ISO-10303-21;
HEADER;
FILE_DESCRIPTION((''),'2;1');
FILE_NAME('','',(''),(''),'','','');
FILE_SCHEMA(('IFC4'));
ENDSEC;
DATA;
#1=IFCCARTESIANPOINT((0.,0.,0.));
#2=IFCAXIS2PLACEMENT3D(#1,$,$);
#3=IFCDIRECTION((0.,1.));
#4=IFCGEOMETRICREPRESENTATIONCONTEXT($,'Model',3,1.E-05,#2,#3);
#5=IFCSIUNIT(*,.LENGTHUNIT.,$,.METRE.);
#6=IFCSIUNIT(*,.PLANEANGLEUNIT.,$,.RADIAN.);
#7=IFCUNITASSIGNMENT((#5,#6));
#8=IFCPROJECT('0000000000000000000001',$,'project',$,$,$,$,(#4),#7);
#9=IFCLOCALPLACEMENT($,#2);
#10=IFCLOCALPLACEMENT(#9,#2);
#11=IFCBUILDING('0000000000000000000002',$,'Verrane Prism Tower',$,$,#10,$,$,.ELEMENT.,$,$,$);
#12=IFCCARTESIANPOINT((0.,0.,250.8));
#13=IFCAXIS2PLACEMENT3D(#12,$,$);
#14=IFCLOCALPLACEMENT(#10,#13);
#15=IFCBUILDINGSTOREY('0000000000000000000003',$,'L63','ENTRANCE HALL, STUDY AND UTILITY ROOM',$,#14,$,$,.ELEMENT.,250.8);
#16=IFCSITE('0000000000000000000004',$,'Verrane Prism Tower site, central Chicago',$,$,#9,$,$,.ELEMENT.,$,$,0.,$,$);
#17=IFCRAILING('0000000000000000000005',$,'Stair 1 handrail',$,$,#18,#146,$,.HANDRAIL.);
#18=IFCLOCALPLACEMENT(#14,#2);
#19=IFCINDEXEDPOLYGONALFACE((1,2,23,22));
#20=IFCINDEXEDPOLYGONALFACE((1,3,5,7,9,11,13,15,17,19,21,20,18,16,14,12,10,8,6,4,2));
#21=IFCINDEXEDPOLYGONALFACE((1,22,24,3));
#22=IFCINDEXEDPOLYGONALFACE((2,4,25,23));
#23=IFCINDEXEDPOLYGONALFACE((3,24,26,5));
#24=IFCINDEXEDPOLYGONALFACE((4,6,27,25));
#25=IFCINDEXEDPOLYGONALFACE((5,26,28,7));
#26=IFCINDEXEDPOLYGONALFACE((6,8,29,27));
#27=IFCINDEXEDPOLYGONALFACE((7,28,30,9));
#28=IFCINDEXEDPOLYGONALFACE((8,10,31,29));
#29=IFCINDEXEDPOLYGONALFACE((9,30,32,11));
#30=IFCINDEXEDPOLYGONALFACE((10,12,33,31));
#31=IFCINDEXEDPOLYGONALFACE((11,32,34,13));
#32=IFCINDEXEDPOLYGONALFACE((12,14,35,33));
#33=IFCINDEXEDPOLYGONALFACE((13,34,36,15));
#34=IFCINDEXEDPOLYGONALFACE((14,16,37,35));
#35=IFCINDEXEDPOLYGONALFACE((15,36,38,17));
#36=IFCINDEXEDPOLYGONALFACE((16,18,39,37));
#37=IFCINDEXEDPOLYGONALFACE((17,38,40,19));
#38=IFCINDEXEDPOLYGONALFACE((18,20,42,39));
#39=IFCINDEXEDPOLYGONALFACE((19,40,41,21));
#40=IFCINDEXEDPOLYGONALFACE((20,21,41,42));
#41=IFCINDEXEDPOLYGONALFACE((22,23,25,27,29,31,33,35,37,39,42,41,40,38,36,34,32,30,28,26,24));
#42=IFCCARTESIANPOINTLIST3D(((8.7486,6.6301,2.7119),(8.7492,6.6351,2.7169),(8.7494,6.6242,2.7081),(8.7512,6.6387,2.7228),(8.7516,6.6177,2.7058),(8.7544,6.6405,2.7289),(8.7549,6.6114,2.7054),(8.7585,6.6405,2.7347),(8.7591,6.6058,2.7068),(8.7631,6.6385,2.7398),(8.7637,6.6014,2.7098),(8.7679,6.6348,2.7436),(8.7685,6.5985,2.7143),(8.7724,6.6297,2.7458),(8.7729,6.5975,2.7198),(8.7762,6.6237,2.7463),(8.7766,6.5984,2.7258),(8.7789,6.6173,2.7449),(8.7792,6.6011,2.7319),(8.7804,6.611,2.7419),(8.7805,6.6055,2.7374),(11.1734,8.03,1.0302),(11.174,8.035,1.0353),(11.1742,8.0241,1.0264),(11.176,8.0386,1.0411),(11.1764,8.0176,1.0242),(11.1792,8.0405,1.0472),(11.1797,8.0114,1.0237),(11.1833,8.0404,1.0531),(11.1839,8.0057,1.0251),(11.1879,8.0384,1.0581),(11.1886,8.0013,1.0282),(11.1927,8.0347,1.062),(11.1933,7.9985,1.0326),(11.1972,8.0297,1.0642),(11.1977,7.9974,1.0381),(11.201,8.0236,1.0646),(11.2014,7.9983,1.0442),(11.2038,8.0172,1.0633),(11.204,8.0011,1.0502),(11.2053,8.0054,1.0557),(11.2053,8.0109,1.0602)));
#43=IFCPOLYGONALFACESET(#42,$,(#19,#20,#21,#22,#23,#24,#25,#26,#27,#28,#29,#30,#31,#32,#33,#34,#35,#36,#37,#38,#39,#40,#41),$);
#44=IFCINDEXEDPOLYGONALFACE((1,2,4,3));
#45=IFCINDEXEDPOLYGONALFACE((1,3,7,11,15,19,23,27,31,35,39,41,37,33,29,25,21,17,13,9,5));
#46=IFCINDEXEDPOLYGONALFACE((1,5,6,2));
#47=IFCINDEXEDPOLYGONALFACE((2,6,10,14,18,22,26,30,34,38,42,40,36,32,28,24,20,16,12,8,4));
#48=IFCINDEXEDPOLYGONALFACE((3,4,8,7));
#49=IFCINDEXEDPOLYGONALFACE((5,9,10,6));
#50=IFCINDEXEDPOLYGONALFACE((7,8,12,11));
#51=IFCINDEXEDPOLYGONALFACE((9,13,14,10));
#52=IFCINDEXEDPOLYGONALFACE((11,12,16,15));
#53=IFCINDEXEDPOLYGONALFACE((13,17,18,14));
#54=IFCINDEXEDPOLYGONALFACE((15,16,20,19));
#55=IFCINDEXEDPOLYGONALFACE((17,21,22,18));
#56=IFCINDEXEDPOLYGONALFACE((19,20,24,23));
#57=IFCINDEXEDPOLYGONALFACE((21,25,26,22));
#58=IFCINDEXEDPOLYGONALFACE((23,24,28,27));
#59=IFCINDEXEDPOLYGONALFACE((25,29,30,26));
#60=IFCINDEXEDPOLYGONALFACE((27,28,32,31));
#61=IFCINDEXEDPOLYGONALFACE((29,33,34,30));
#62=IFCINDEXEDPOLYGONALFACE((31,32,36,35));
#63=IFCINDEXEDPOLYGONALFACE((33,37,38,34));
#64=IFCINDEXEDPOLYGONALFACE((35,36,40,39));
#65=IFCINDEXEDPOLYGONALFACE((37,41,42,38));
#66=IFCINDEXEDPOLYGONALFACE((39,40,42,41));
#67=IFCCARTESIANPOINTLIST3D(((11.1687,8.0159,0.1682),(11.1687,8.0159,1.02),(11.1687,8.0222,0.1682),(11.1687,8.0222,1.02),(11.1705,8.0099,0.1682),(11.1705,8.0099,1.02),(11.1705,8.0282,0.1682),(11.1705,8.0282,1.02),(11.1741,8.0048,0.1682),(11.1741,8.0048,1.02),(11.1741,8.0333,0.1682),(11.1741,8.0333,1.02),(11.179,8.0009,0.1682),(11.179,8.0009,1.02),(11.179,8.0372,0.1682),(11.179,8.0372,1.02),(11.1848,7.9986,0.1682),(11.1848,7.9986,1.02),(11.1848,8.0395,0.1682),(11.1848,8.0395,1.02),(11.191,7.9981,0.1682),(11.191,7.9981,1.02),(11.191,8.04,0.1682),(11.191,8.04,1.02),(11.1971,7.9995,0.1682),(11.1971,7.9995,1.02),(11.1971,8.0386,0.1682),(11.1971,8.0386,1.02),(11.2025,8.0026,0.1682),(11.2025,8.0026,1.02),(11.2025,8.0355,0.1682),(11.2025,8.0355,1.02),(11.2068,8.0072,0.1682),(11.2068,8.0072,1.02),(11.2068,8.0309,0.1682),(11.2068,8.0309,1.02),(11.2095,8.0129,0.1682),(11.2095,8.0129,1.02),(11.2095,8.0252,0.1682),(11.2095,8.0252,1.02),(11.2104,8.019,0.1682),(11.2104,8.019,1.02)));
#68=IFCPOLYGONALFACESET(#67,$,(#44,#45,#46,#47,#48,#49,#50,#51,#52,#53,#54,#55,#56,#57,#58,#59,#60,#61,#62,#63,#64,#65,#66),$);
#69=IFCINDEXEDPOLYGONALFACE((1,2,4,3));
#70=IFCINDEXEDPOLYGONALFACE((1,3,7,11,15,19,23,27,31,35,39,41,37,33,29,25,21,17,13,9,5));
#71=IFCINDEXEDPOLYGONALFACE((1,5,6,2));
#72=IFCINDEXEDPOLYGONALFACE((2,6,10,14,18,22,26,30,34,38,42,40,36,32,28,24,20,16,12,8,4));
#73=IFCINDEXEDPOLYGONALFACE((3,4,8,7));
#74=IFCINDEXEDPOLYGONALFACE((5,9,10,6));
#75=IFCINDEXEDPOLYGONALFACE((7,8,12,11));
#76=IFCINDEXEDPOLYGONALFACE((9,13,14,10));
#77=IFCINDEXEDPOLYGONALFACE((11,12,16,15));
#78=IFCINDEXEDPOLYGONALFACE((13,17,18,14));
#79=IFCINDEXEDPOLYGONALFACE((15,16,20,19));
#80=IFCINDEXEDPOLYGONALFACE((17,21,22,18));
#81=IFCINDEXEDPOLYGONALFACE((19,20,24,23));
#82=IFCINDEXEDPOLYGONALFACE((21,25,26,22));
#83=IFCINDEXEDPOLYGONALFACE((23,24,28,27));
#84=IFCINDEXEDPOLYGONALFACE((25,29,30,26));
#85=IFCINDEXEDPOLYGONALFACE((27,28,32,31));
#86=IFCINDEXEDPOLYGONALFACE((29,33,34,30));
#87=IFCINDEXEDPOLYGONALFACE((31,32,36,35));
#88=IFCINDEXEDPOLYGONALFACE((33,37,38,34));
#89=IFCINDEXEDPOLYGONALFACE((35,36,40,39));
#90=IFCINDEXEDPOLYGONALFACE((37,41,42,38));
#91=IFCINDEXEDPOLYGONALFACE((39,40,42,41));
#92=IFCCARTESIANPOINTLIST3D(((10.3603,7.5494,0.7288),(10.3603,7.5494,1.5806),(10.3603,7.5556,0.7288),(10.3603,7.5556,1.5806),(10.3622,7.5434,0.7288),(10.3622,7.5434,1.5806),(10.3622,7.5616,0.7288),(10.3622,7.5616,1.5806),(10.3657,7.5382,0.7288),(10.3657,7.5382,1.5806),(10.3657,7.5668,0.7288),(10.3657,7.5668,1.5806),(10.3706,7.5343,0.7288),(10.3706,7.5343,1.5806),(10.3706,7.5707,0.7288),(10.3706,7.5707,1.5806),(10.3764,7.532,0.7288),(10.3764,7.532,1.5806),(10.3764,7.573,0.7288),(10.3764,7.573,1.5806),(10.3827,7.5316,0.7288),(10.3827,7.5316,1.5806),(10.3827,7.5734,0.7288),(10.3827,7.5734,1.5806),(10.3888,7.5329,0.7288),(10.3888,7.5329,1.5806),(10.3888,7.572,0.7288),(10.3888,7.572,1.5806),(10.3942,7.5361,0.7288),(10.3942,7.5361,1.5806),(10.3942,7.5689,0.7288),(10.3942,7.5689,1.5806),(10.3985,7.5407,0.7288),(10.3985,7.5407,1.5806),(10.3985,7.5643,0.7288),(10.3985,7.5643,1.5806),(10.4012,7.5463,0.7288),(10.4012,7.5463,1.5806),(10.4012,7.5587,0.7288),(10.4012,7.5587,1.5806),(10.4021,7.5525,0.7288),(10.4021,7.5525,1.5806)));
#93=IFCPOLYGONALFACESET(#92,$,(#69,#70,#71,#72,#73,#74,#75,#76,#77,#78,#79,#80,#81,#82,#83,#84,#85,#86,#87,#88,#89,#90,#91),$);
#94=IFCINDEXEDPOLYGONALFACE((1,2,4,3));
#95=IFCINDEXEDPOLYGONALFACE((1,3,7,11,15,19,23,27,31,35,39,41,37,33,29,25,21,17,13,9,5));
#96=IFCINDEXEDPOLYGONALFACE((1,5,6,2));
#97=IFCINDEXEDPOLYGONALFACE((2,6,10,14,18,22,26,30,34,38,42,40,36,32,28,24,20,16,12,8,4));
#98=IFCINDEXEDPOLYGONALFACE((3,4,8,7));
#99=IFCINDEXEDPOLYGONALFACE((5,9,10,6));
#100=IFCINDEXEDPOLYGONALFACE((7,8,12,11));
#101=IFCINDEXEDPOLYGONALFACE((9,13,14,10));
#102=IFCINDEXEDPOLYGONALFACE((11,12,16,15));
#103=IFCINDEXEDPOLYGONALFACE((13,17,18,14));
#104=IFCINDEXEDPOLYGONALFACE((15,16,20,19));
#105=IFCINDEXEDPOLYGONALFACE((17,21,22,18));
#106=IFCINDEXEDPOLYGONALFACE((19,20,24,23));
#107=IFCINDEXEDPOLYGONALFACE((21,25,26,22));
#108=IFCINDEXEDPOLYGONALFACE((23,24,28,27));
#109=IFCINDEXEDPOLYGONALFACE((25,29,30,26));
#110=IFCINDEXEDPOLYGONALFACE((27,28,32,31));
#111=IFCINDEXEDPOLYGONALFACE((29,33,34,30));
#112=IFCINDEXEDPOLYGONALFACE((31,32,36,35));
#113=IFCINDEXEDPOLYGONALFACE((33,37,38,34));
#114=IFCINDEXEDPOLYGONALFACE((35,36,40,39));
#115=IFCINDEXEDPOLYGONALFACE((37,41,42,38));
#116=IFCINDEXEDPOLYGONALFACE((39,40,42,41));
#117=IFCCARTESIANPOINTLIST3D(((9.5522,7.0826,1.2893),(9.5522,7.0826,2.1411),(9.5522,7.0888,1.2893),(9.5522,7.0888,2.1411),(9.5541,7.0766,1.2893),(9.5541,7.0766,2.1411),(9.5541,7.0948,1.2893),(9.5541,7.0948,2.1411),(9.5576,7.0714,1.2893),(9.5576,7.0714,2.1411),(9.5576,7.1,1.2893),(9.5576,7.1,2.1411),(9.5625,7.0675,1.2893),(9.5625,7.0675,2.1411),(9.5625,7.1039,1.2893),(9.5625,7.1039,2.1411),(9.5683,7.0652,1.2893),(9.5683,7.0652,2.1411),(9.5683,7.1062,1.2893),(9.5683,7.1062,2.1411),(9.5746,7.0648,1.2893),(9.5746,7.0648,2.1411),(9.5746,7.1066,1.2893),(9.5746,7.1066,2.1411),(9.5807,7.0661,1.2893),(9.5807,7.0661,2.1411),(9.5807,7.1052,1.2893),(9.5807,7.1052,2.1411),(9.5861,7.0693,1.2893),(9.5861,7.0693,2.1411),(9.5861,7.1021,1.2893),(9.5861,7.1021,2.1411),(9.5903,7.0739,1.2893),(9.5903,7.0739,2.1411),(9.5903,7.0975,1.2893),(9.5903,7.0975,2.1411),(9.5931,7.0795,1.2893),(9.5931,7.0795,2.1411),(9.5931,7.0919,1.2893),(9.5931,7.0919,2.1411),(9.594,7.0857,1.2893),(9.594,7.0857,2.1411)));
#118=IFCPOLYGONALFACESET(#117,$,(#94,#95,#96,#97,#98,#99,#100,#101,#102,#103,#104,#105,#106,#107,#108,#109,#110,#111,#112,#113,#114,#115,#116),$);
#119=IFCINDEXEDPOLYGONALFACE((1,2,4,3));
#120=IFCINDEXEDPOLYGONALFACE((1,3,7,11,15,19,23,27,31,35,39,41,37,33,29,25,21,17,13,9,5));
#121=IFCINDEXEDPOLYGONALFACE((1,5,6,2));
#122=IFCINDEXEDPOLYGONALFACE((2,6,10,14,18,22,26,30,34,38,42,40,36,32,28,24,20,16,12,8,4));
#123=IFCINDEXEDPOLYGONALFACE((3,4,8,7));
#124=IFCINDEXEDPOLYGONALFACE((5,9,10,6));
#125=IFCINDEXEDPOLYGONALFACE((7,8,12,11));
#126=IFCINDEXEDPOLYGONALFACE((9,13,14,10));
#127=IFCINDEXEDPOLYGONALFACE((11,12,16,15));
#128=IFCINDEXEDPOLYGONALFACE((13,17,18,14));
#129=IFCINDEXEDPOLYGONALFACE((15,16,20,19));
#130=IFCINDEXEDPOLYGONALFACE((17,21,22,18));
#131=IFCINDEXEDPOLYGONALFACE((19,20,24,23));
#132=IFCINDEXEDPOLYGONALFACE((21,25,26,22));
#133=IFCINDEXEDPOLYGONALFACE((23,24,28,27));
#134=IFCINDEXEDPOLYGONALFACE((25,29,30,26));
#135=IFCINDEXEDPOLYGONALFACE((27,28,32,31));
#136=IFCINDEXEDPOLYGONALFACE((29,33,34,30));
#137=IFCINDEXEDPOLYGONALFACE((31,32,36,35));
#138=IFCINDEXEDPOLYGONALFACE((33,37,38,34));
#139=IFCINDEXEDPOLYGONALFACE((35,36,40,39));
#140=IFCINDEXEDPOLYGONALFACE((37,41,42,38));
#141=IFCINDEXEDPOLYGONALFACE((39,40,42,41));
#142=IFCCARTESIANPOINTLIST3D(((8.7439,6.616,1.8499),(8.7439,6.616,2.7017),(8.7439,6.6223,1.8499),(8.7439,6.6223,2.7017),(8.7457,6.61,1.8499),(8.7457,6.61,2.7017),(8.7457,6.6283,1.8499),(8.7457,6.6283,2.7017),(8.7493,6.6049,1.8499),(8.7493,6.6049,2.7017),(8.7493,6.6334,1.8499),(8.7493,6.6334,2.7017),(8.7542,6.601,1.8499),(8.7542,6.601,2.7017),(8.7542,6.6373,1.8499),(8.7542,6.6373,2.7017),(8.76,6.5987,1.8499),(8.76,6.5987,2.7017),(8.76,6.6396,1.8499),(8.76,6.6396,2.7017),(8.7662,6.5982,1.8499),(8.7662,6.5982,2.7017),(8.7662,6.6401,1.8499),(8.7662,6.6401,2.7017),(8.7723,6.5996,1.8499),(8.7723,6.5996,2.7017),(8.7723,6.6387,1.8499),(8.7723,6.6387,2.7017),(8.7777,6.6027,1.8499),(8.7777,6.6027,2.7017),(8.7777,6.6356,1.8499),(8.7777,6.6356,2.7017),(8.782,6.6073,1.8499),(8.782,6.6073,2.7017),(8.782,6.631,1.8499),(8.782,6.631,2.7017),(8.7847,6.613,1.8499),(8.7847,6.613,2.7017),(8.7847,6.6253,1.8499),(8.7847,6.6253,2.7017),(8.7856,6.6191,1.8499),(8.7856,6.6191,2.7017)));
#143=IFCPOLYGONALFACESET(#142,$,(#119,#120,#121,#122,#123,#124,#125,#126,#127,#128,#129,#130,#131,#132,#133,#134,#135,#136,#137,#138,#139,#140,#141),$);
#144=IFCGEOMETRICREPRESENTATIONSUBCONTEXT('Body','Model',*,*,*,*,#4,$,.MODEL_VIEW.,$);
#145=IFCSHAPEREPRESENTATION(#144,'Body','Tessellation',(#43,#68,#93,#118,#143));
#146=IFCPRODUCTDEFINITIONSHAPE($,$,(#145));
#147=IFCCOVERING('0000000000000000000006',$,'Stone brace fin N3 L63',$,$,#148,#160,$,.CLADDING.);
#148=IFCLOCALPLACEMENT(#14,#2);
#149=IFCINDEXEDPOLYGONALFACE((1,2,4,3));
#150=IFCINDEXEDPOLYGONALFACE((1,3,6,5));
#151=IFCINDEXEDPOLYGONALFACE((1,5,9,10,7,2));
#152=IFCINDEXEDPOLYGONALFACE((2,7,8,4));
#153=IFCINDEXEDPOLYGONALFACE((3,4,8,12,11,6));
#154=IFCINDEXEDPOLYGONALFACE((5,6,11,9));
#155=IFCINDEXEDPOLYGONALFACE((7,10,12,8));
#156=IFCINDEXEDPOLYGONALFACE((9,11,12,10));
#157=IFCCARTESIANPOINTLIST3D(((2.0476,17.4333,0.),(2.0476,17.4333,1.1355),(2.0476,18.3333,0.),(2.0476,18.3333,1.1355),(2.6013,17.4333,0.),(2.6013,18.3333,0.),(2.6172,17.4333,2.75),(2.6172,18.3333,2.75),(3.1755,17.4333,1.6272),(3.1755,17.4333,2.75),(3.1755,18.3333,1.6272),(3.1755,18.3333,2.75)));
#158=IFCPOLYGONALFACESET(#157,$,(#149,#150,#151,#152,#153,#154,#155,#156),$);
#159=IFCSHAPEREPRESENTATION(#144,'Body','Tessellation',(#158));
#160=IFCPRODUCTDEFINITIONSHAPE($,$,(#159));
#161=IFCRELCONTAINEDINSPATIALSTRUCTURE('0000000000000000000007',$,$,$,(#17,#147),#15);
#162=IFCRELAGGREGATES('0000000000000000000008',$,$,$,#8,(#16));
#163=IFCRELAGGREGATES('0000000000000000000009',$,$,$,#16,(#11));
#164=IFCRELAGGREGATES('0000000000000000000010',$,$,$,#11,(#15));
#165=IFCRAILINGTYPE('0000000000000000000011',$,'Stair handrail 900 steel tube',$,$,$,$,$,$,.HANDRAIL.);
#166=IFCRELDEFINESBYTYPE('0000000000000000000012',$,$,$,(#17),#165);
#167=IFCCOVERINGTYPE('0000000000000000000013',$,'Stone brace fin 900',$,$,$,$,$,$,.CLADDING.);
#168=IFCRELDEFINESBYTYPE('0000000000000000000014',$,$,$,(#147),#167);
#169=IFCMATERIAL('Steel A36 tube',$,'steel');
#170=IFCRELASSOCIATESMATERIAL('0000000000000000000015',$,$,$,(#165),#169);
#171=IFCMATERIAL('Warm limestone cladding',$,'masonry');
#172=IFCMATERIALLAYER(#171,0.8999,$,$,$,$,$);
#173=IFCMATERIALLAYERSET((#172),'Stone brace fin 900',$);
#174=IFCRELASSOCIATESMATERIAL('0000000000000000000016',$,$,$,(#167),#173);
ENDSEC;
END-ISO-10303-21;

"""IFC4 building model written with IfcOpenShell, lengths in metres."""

from ifc_helpers import new_model, si_unit, direction, frame, origin, origin_2d, place, context, subcontext, project, spatial, polyline, circle, outline, extrude, material, layer, layer_set, type_object, element, save


model = new_model("IFC4")

# Units and contexts
model_context = context("Model", 3, precision=1e-05, world=origin(), true_north=direction((0.0, 1.0)))
body_context = subcontext(model_context, "Body", "Model", "MODEL_VIEW")
ifc_project = project(units=[si_unit("LENGTHUNIT", "METRE"), si_unit("PLANEANGLEUNIT", "RADIAN")], contexts=[model_context])

# Site, building, storey
site_placement = place(None, origin())
site = spatial("IfcSite", under=ifc_project, at=site_placement, Name="Verrane Prism Tower site, central Chicago", CompositionType="ELEMENT", RefElevation=0.0)
building_placement = place(site_placement, origin())
building = spatial("IfcBuilding", under=site, at=building_placement, Name="Verrane Prism Tower", CompositionType="ELEMENT")
storey_placement = place(building_placement, frame((0.0, 0.0, 250.8)))
storey = spatial("IfcBuildingStorey", under=building, at=storey_placement, Name="L63", Description="ENTRANCE HALL, STUDY AND UTILITY ROOM", CompositionType="ELEMENT", Elevation=250.8)

# Railing
ifc_material_1 = material(Name="Steel A36 tube", Category="steel")
railing_type = type_object("IfcRailingType", Name="Stair handrail 900 steel tube", PredefinedType="HANDRAIL", material=ifc_material_1)
railing_placement = place(storey_placement, frame((11.1895, 8.019, 0.1682)))
element("IfcRailing", 1, at=railing_placement, inside=storey, type_object=railing_type, Name="Stair 1 handrail", PredefinedType="HANDRAIL", context=body_context, shape_type="SweptSolid", body=[
    extrude(circle(Radius=0.0239, at=origin_2d()), frame((0.0, 0.0, 0.876), z_axis=(-0.742419, -0.428618, 0.514879), x_axis=(0.499984, -0.866035, 0.0)), (0.0, 0.0, 1.0), 3.2661),
    extrude(circle(Radius=0.021, at=origin_2d()), origin(), (0.0, 0.0, 1.0), 0.8518),
    extrude(circle(Radius=0.021, at=origin_2d()), frame((-0.8083, -0.4666, 0.5605)), (0.0, 0.0, 1.0), 0.8518),
    extrude(circle(Radius=0.021, at=origin_2d()), frame((-1.6165, -0.9333, 1.1211)), (0.0, 0.0, 1.0), 0.8518),
    extrude(circle(Radius=0.021, at=origin_2d()), frame((-2.4248, -1.3999, 1.6816)), (0.0, 0.0, 1.0), 0.8518),
])

# Covering
ifc_material_2 = material(Name="Warm limestone cladding", Category="masonry")
ifc_layer_1 = layer(ifc_material_2, 0.8999)
ifc_layer_set_1 = layer_set([ifc_layer_1], Name="Stone brace fin 900")
covering_type = type_object("IfcCoveringType", Name="Stone brace fin 900", PredefinedType="CLADDING", material=ifc_layer_set_1)
covering_placement = place(storey_placement, frame((2.0476, 17.8833, 0.0), z_axis=(0.0, 0.0, 1.0), x_axis=(1.0, 0.0, 0.0)))
element("IfcCovering", 2, at=covering_placement, inside=storey, type_object=covering_type, Name="Stone brace fin N3 L63", PredefinedType="CLADDING", context=body_context, shape_type="SweptSolid", body=[
    extrude(outline(polyline([(1.1279, 2.75), (0.5696, 2.75), (0.0, 1.1355), (0.0, 0.0), (0.5537, 0.0), (1.1279, 1.6272), (1.1279, 2.75)])), frame((0.0, 0.45, 0.0), z_axis=(0.0, -1.0, 0.0), x_axis=(1.0, 0.0, 0.0)), (0.0, 0.0, 1.0), 0.8999),
])

save(model, "model.ifc")
